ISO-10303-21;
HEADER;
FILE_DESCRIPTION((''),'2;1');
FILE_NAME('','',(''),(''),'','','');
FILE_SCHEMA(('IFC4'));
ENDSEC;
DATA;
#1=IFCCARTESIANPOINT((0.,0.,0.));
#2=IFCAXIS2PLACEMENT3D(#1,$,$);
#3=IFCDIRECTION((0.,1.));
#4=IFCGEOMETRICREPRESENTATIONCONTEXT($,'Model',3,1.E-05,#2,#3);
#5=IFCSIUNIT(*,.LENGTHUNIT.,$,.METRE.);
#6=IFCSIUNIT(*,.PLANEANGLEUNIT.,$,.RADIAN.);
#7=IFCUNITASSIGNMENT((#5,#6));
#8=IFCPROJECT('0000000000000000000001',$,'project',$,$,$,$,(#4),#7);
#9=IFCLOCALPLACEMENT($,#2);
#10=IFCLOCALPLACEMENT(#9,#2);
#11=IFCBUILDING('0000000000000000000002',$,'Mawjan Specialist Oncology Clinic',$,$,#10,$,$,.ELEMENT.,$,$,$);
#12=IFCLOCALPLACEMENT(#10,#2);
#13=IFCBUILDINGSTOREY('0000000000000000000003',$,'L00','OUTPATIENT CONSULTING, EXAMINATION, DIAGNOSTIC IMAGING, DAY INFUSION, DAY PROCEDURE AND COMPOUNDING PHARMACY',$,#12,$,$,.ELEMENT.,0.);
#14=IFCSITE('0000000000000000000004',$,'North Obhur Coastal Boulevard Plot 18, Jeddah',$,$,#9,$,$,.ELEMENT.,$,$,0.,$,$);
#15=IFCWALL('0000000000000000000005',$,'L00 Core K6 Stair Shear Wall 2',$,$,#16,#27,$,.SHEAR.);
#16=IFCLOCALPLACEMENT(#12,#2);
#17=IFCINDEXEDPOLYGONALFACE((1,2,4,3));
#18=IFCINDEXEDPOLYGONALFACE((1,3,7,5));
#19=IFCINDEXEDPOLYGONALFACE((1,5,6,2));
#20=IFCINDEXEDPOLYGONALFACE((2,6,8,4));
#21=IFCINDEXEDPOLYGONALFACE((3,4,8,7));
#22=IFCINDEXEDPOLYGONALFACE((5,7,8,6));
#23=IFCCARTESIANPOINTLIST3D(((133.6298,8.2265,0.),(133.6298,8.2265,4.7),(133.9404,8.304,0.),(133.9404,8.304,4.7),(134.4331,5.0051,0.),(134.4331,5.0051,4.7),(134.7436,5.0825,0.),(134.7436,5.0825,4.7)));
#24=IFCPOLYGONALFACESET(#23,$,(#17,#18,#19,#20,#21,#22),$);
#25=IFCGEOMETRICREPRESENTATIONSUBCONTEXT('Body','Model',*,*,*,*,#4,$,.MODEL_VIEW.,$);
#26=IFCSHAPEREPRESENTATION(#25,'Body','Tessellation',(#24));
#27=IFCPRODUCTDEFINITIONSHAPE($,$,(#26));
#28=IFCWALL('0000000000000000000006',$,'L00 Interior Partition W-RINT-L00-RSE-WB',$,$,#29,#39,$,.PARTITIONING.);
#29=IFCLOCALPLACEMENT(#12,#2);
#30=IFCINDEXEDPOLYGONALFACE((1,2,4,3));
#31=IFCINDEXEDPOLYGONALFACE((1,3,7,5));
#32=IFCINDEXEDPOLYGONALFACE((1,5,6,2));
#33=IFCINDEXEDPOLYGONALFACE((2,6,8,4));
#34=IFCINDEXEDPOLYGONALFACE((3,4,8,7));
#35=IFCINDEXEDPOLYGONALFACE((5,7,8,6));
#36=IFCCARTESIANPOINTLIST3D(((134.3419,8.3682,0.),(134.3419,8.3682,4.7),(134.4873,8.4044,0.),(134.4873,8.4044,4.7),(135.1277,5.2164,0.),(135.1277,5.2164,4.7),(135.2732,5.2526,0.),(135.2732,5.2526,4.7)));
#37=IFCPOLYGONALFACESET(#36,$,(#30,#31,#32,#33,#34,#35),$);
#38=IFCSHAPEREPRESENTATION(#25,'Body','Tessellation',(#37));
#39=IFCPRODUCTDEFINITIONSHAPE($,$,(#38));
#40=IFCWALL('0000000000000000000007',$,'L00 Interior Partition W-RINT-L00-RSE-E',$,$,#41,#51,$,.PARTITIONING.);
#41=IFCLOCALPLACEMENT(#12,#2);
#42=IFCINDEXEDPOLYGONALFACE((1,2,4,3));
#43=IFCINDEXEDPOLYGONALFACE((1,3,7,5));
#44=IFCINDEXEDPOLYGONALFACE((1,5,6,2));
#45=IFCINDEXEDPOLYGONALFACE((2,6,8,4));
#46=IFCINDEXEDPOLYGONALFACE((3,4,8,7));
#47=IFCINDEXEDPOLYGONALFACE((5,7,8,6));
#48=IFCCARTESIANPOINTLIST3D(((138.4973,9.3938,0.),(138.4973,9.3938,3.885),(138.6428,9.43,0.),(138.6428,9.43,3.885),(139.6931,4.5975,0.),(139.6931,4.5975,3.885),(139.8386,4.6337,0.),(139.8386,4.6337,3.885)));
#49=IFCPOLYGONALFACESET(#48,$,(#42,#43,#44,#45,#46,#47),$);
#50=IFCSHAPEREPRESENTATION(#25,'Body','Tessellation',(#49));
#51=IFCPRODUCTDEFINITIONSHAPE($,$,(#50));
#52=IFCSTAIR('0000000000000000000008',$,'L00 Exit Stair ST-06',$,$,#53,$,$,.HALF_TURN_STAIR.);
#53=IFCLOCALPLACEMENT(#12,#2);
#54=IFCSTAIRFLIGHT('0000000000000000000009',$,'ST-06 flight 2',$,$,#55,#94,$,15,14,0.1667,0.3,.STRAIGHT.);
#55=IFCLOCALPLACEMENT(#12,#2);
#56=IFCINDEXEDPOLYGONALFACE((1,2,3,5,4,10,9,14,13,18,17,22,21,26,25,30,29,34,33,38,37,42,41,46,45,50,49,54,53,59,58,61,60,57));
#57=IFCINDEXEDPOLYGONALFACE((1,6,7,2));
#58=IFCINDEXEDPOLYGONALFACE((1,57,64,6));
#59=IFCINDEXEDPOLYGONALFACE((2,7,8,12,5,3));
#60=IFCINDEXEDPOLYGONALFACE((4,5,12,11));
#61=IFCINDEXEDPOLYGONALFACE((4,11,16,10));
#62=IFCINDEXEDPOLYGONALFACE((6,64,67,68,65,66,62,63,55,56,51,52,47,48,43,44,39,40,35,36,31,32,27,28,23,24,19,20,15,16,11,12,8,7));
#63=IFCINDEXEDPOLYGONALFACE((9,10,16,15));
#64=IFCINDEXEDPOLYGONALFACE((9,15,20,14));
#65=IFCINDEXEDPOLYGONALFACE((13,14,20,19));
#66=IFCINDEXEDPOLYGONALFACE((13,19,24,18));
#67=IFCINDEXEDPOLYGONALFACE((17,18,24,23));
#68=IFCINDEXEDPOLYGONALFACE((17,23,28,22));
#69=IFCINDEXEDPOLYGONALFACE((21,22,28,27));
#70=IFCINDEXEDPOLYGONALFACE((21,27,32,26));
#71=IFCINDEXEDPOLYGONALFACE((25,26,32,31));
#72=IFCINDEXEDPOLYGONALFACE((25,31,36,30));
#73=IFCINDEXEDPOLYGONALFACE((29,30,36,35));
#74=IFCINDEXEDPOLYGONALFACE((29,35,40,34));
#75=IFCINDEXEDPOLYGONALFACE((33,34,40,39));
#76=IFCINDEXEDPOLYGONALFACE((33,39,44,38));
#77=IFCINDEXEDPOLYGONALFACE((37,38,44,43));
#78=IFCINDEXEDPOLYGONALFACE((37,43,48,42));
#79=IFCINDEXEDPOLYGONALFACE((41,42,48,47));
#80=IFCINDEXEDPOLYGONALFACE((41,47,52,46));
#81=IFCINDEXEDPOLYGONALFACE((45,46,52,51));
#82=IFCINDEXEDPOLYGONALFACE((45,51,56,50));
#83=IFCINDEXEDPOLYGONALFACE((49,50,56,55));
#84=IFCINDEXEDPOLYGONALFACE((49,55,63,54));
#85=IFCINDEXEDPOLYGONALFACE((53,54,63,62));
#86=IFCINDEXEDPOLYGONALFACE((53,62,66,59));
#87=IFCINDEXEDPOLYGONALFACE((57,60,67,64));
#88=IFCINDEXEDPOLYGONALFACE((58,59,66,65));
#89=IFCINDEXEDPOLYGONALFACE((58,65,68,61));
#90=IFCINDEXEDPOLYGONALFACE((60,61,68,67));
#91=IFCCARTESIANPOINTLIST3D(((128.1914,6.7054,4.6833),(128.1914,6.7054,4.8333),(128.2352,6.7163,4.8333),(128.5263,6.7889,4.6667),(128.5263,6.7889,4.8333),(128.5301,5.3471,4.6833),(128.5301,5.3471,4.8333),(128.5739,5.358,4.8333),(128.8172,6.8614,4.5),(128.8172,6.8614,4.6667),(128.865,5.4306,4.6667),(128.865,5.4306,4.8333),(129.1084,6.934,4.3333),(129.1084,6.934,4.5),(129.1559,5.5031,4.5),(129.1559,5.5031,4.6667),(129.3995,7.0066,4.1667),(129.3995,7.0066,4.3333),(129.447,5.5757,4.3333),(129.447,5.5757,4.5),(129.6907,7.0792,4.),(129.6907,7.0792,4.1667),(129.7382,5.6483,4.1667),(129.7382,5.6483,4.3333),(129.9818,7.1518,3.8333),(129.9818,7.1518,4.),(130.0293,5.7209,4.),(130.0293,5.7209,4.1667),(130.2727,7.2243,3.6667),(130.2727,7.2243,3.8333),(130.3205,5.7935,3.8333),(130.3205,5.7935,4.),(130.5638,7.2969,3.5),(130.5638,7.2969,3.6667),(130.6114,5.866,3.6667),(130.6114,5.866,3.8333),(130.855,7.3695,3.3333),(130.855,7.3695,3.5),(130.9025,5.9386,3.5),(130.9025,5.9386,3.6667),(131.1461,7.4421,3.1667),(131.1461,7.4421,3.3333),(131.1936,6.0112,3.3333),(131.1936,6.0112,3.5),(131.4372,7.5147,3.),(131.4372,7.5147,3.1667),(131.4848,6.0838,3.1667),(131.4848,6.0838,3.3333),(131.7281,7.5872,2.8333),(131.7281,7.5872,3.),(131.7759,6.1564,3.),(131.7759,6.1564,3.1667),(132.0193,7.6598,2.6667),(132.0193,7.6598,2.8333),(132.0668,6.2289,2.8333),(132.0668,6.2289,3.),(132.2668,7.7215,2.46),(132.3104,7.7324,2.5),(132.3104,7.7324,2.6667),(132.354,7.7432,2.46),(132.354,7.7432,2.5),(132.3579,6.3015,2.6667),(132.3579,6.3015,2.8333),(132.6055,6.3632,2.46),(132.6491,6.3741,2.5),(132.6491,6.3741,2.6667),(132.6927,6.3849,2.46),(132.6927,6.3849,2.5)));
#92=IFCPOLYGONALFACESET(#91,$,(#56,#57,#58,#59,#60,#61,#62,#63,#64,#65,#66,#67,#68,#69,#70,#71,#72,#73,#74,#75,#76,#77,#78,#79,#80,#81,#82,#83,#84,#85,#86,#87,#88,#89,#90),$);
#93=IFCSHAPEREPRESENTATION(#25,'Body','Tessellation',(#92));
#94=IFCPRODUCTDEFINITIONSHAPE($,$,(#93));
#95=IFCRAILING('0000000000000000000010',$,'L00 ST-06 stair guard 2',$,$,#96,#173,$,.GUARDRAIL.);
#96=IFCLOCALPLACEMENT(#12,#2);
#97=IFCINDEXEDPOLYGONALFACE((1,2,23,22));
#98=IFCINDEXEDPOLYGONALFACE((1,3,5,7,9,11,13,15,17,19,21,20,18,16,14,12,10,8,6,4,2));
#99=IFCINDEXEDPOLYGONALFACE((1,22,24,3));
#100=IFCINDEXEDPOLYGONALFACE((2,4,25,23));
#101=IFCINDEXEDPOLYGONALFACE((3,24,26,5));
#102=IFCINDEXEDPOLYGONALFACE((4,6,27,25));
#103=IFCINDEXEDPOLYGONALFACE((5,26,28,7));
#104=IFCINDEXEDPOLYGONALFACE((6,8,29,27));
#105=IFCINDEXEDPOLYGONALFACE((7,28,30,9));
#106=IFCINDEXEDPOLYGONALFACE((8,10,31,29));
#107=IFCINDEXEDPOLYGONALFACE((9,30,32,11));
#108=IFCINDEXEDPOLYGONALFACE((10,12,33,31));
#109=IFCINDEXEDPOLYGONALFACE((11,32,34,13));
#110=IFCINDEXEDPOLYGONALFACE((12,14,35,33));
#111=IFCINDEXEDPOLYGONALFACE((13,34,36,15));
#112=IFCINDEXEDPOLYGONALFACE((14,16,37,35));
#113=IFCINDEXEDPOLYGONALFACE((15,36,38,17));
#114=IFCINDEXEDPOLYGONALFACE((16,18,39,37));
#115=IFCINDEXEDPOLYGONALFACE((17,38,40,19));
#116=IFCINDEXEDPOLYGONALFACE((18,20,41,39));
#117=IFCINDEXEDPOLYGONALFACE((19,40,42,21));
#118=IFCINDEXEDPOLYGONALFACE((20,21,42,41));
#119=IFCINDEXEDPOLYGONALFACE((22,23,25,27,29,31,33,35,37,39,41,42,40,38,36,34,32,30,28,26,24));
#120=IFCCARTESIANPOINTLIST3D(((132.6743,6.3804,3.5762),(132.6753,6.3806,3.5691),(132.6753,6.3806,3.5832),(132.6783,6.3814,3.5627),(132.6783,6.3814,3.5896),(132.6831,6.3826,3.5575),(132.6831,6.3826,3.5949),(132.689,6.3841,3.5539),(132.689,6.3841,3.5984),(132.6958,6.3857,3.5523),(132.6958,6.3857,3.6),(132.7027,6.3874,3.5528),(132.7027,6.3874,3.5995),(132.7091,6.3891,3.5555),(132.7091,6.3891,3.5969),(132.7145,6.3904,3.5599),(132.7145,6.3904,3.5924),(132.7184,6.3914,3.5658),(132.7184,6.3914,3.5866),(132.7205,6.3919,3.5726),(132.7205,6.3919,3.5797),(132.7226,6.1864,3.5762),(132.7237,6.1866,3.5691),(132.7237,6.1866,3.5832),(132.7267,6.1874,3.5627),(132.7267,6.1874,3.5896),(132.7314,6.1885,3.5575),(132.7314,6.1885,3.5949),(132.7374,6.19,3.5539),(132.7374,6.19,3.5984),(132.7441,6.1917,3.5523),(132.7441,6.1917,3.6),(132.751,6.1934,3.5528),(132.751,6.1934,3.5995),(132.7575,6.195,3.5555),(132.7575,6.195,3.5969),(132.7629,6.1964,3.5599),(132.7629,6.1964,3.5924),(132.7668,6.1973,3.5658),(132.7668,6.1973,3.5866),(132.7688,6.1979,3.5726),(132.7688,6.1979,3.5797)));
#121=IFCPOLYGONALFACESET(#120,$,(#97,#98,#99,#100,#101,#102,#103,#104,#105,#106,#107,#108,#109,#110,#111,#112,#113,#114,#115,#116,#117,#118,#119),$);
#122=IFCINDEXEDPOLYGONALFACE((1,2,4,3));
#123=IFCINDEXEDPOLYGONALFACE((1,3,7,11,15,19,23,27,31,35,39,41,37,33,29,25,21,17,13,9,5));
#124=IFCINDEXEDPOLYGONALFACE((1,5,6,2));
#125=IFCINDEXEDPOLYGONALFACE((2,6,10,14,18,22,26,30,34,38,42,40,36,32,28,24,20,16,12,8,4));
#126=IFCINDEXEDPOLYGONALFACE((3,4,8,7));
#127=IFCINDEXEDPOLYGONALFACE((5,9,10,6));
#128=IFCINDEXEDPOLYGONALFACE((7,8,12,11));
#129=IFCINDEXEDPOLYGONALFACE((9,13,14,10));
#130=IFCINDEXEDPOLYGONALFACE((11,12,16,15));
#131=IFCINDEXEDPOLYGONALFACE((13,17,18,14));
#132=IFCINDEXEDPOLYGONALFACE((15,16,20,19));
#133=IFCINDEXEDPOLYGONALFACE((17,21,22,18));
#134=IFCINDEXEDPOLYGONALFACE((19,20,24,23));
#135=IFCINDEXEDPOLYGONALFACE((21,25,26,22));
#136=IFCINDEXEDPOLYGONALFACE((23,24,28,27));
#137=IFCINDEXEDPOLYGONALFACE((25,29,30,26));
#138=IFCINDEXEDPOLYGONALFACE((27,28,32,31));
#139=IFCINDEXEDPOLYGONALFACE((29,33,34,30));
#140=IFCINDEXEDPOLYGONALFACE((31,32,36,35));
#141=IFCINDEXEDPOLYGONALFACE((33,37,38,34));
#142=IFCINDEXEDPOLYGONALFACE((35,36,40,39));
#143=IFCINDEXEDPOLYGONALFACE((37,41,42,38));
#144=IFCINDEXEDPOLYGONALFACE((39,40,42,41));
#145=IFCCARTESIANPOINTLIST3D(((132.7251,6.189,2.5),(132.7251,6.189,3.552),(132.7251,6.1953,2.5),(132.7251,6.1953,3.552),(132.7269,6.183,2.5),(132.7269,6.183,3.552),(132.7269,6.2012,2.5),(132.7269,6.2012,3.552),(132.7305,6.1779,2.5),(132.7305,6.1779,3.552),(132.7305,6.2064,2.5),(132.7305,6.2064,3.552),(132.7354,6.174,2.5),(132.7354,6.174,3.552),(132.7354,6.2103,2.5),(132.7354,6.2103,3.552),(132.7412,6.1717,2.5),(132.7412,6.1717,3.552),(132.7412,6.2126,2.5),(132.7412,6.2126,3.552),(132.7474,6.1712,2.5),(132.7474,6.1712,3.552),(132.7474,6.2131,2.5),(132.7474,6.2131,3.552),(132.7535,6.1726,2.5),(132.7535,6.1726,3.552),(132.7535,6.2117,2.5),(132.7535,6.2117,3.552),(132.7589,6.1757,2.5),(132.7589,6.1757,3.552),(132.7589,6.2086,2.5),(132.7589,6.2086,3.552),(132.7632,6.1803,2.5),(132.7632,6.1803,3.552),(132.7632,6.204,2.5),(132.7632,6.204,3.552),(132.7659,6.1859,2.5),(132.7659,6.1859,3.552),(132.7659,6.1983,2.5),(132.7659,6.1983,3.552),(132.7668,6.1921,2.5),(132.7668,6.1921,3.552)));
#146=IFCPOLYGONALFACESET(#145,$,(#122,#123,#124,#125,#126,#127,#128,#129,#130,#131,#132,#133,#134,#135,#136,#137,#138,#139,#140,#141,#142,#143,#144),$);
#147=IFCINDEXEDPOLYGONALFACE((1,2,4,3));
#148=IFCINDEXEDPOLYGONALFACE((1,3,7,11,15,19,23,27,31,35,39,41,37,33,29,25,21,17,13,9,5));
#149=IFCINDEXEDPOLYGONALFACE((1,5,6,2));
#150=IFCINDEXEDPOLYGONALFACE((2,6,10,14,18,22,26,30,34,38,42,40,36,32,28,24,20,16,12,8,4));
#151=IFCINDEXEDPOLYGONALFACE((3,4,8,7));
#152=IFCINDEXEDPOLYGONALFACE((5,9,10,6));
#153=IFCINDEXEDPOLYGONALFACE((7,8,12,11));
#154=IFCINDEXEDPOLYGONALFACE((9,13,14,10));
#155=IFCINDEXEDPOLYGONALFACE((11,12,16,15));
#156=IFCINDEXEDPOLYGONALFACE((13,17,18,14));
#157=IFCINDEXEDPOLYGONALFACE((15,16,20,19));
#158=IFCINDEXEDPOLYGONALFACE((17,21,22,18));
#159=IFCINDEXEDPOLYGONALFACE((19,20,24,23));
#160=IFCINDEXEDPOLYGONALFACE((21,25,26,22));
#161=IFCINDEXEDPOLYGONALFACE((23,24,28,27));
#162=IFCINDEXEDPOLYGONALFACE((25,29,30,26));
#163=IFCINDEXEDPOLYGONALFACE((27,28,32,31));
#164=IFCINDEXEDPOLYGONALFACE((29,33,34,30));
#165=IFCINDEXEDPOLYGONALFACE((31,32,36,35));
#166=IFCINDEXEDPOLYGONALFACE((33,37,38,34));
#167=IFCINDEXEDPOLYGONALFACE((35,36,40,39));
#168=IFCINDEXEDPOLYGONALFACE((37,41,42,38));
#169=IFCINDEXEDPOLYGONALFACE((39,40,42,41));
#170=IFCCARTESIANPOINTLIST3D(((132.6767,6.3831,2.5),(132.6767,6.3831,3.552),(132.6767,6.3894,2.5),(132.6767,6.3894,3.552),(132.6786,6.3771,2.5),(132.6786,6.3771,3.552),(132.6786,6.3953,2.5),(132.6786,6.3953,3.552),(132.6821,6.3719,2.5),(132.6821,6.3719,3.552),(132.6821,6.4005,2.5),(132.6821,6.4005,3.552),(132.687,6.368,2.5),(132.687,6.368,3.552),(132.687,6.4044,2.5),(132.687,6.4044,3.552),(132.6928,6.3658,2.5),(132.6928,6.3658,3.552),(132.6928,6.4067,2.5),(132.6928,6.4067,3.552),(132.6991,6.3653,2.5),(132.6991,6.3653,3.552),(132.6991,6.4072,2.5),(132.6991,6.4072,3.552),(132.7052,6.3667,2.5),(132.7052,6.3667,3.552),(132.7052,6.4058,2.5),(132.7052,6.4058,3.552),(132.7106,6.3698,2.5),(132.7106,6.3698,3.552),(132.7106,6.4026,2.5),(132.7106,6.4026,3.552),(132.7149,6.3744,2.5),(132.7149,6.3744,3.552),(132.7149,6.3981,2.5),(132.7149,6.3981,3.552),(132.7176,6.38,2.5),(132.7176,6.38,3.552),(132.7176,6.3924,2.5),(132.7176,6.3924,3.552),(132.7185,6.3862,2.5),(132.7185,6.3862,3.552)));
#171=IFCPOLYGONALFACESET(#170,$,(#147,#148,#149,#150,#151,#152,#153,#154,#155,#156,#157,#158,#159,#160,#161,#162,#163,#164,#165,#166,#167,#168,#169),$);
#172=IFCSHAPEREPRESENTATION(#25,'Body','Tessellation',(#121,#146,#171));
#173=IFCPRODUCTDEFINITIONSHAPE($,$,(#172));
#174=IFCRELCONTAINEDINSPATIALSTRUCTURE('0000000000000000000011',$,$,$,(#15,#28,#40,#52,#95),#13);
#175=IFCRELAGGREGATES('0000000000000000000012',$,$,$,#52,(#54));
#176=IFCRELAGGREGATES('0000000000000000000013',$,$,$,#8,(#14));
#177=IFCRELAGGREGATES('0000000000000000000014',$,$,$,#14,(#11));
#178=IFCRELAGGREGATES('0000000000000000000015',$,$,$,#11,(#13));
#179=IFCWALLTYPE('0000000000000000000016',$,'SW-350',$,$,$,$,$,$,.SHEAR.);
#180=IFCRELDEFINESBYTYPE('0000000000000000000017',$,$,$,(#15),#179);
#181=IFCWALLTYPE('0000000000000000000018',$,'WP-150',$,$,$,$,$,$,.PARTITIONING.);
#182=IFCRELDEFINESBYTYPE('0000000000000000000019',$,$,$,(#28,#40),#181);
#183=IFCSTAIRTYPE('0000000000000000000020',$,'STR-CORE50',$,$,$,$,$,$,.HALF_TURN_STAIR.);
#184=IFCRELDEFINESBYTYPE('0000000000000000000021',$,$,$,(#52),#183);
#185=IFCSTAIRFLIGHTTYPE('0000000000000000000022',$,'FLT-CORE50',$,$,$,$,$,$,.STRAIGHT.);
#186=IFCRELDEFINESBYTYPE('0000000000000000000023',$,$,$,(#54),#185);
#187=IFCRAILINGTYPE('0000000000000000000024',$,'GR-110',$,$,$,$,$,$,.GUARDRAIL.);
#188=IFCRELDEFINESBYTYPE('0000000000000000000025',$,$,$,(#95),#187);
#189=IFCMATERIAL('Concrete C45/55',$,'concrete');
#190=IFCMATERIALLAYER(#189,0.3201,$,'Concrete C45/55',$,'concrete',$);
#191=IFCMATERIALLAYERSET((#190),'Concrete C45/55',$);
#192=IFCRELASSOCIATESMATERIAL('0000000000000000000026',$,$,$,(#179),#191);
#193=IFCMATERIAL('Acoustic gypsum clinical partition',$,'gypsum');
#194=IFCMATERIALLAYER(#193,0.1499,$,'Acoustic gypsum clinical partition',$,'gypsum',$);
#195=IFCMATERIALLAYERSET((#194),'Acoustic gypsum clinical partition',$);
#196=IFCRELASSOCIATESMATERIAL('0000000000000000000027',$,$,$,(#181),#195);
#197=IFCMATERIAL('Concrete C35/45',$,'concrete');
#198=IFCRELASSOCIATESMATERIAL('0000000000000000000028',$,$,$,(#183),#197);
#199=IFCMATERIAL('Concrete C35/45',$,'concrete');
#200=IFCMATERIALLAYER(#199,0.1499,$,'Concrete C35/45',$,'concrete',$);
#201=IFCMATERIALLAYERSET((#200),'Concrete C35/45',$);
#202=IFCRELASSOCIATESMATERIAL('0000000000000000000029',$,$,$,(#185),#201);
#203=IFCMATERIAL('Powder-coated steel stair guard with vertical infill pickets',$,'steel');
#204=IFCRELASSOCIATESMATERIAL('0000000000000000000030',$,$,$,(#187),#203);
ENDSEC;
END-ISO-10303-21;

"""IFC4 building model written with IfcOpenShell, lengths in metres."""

from ifc_helpers import new_model, si_unit, direction, frame, frame_2d, origin, origin_2d, place, context, subcontext, project, spatial, polyline, rectangle, circle, outline, extrude, material, layer, layer_set, type_object, element, aggregate, save


model = new_model("IFC4")

# Units and contexts
model_context = context("Model", 3, precision=1e-05, world=origin(), true_north=direction((0.0, 1.0)))
body_context = subcontext(model_context, "Body", "Model", "MODEL_VIEW")
ifc_project = project(units=[si_unit("LENGTHUNIT", "METRE"), si_unit("PLANEANGLEUNIT", "RADIAN")], contexts=[model_context])

# Site, building, storey
site_placement = place(None, origin())
site = spatial("IfcSite", under=ifc_project, at=site_placement, Name="North Obhur Coastal Boulevard Plot 18, Jeddah", CompositionType="ELEMENT", RefElevation=0.0)
building_placement = place(site_placement, origin())
building = spatial("IfcBuilding", under=site, at=building_placement, Name="Mawjan Specialist Oncology Clinic", CompositionType="ELEMENT")
storey_placement = place(building_placement, origin())
storey = spatial("IfcBuildingStorey", under=building, at=storey_placement, Name="L00", Description="OUTPATIENT CONSULTING, EXAMINATION, DIAGNOSTIC IMAGING, DAY INFUSION, DAY PROCEDURE AND COMPOUNDING PHARMACY", CompositionType="ELEMENT", Elevation=0.0)

# Walls
ifc_material_1 = material(Name="Concrete C45/55", Category="concrete")
ifc_layer_1 = layer(ifc_material_1, 0.3201, Name="Concrete C45/55", Category="concrete")
ifc_layer_set_1 = layer_set([ifc_layer_1], Name="Concrete C45/55")
wall_type_1 = type_object("IfcWallType", Name="SW-350", PredefinedType="SHEAR", material=ifc_layer_set_1)
wall_1_placement = place(storey_placement, frame((134.5884, 5.0437, 0.0), z_axis=(0.0, 0.0, 1.0), x_axis=(-0.24193, 0.970294, 0.0)))
element("IfcWall", 1, at=wall_1_placement, inside=storey, type_object=wall_type_1, Name="L00 Core K6 Stair Shear Wall 2", PredefinedType="SHEAR", context=body_context, shape_type="SweptSolid", body=[
    extrude(rectangle(XDim=3.3201, YDim=0.3201, at=frame_2d((1.6602, 0.0))), origin(), (0.0, 0.0, 1.0), 4.7),
])
ifc_material_2 = material(Name="Acoustic gypsum clinical partition", Category="gypsum")
ifc_layer_2 = layer(ifc_material_2, 0.1499, Name="Acoustic gypsum clinical partition", Category="gypsum")
ifc_layer_set_2 = layer_set([ifc_layer_2], Name="Acoustic gypsum clinical partition")
wall_type_2 = type_object("IfcWallType", Name="WP-150", PredefinedType="PARTITIONING", material=ifc_layer_set_2)
wall_2_placement = place(storey_placement, frame((135.2004, 5.2346, 0.0), z_axis=(0.0, 0.0, 1.0), x_axis=(-0.241934, 0.970293, 0.0)))
element("IfcWall", 2, at=wall_2_placement, inside=storey, type_object=wall_type_2, Name="L00 Interior Partition W-RINT-L00-RSE-WB", PredefinedType="PARTITIONING", context=body_context, shape_type="SweptSolid", body=[
    extrude(rectangle(XDim=3.2483, YDim=0.1499, at=frame_2d((1.624, 0.0))), origin(), (0.0, 0.0, 1.0), 4.7),
])
wall_3_placement = place(storey_placement, frame((139.7659, 4.6155, 0.0), z_axis=(0.0, 0.0, 1.0), x_axis=(-0.241908, 0.970299, 0.0)))
element("IfcWall", 3, at=wall_3_placement, inside=storey, type_object=wall_type_2, Name="L00 Interior Partition W-RINT-L00-RSE-E", PredefinedType="PARTITIONING", context=body_context, shape_type="SweptSolid", body=[
    extrude(rectangle(XDim=4.9431, YDim=0.1499, at=frame_2d((2.4717, 0.0))), origin(), (0.0, 0.0, 1.0), 3.885),
])

# Stair, stair flight
ifc_material_3 = material(Name="Concrete C35/45", Category="concrete")
stair_type = type_object("IfcStairType", Name="STR-CORE50", PredefinedType="HALF_TURN_STAIR", material=ifc_material_3)
stair_placement = place(storey_placement, origin())
stair = element("IfcStair", 4, at=stair_placement, inside=storey, type_object=stair_type, Name="L00 Exit Stair ST-06", PredefinedType="HALF_TURN_STAIR")
ifc_material_4 = material(Name="Concrete C35/45", Category="concrete")
ifc_layer_3 = layer(ifc_material_4, 0.1499, Name="Concrete C35/45", Category="concrete")
ifc_layer_set_3 = layer_set([ifc_layer_3], Name="Concrete C35/45")
stair_flight_type = type_object("IfcStairFlightType", Name="FLT-CORE50", PredefinedType="STRAIGHT", material=ifc_layer_set_3)
stair_flight_placement = place(storey_placement, frame((132.4797, 7.0532, 2.5), z_axis=(0.0, 0.0, 1.0), x_axis=(-0.970296, -0.241922, 0.0)))
stair_flight = element("IfcStairFlight", 5, at=stair_flight_placement, type_object=stair_flight_type, Name="ST-06 flight 2", NumberOfRisers=15, NumberOfTreads=14, PredefinedType="STRAIGHT", RiserHeight=0.1667, TreadLength=0.3, context=body_context, shape_type="SweptSolid", body=[
    extrude(outline(polyline([(-0.0449, -0.04), (-0.0449, 0.0), (0.0, 0.0), (0.0, 0.1667), (0.3, 0.1667), (0.3, 0.3333), (0.6001, 0.3333), (0.6001, 0.5), (0.8999, 0.5), (0.8999, 0.6667), (1.2, 0.6667), (1.2, 0.8333), (1.5, 0.8333), (1.5, 1.0), (1.8, 1.0), (1.8, 1.1667), (2.1001, 1.1667), (2.1001, 1.3333), (2.3999, 1.3333), (2.3999, 1.5), (2.7, 1.5), (2.7, 1.6667), (3.0, 1.6667), (3.0, 1.8333), (3.3, 1.8333), (3.3, 2.0), (3.6001, 2.0), (3.6001, 2.1667), (3.8999, 2.1667), (3.8999, 2.3333), (4.2, 2.3333), (4.2451, 2.3333), (4.2451, 2.1833), (0.0449, -0.04), (-0.0449, -0.04)])), frame((0.0, 0.7, 0.0), z_axis=(0.0, -1.0, 0.0), x_axis=(1.0, 0.0, 0.0)), (0.0, 0.0, 1.0), 1.3999),
])
aggregate(stair, [stair_flight])

# Railing
ifc_material_5 = material(Name="Powder-coated steel stair guard with vertical infill pickets", Category="steel")
railing_type = type_object("IfcRailingType", Name="GR-110", PredefinedType="GUARDRAIL", material=ifc_material_5)
railing_1_placement = place(storey_placement, frame((132.7458, 6.1921, 2.5)))
element("IfcRailing", 6, at=railing_1_placement, inside=storey, type_object=railing_type, Name="L00 ST-06 stair guard 2", PredefinedType="GUARDRAIL", context=body_context, shape_type="SweptSolid", body=[
    extrude(circle(Radius=0.0239, at=origin_2d()), frame((0.0, 0.0, 1.0762), z_axis=(-0.241674, 0.970358, 0.0), x_axis=(-0.970358, -0.241674, 0.0)), (0.0, 0.0, 1.0), 0.2),
    extrude(circle(Radius=0.021, at=origin_2d()), origin(), (0.0, 0.0, 1.0), 1.052),
    extrude(circle(Radius=0.021, at=origin_2d()), frame((-0.0483, 0.1941, 0.0)), (0.0, 0.0, 1.0), 1.052),
])

save(model, "model.ifc")
